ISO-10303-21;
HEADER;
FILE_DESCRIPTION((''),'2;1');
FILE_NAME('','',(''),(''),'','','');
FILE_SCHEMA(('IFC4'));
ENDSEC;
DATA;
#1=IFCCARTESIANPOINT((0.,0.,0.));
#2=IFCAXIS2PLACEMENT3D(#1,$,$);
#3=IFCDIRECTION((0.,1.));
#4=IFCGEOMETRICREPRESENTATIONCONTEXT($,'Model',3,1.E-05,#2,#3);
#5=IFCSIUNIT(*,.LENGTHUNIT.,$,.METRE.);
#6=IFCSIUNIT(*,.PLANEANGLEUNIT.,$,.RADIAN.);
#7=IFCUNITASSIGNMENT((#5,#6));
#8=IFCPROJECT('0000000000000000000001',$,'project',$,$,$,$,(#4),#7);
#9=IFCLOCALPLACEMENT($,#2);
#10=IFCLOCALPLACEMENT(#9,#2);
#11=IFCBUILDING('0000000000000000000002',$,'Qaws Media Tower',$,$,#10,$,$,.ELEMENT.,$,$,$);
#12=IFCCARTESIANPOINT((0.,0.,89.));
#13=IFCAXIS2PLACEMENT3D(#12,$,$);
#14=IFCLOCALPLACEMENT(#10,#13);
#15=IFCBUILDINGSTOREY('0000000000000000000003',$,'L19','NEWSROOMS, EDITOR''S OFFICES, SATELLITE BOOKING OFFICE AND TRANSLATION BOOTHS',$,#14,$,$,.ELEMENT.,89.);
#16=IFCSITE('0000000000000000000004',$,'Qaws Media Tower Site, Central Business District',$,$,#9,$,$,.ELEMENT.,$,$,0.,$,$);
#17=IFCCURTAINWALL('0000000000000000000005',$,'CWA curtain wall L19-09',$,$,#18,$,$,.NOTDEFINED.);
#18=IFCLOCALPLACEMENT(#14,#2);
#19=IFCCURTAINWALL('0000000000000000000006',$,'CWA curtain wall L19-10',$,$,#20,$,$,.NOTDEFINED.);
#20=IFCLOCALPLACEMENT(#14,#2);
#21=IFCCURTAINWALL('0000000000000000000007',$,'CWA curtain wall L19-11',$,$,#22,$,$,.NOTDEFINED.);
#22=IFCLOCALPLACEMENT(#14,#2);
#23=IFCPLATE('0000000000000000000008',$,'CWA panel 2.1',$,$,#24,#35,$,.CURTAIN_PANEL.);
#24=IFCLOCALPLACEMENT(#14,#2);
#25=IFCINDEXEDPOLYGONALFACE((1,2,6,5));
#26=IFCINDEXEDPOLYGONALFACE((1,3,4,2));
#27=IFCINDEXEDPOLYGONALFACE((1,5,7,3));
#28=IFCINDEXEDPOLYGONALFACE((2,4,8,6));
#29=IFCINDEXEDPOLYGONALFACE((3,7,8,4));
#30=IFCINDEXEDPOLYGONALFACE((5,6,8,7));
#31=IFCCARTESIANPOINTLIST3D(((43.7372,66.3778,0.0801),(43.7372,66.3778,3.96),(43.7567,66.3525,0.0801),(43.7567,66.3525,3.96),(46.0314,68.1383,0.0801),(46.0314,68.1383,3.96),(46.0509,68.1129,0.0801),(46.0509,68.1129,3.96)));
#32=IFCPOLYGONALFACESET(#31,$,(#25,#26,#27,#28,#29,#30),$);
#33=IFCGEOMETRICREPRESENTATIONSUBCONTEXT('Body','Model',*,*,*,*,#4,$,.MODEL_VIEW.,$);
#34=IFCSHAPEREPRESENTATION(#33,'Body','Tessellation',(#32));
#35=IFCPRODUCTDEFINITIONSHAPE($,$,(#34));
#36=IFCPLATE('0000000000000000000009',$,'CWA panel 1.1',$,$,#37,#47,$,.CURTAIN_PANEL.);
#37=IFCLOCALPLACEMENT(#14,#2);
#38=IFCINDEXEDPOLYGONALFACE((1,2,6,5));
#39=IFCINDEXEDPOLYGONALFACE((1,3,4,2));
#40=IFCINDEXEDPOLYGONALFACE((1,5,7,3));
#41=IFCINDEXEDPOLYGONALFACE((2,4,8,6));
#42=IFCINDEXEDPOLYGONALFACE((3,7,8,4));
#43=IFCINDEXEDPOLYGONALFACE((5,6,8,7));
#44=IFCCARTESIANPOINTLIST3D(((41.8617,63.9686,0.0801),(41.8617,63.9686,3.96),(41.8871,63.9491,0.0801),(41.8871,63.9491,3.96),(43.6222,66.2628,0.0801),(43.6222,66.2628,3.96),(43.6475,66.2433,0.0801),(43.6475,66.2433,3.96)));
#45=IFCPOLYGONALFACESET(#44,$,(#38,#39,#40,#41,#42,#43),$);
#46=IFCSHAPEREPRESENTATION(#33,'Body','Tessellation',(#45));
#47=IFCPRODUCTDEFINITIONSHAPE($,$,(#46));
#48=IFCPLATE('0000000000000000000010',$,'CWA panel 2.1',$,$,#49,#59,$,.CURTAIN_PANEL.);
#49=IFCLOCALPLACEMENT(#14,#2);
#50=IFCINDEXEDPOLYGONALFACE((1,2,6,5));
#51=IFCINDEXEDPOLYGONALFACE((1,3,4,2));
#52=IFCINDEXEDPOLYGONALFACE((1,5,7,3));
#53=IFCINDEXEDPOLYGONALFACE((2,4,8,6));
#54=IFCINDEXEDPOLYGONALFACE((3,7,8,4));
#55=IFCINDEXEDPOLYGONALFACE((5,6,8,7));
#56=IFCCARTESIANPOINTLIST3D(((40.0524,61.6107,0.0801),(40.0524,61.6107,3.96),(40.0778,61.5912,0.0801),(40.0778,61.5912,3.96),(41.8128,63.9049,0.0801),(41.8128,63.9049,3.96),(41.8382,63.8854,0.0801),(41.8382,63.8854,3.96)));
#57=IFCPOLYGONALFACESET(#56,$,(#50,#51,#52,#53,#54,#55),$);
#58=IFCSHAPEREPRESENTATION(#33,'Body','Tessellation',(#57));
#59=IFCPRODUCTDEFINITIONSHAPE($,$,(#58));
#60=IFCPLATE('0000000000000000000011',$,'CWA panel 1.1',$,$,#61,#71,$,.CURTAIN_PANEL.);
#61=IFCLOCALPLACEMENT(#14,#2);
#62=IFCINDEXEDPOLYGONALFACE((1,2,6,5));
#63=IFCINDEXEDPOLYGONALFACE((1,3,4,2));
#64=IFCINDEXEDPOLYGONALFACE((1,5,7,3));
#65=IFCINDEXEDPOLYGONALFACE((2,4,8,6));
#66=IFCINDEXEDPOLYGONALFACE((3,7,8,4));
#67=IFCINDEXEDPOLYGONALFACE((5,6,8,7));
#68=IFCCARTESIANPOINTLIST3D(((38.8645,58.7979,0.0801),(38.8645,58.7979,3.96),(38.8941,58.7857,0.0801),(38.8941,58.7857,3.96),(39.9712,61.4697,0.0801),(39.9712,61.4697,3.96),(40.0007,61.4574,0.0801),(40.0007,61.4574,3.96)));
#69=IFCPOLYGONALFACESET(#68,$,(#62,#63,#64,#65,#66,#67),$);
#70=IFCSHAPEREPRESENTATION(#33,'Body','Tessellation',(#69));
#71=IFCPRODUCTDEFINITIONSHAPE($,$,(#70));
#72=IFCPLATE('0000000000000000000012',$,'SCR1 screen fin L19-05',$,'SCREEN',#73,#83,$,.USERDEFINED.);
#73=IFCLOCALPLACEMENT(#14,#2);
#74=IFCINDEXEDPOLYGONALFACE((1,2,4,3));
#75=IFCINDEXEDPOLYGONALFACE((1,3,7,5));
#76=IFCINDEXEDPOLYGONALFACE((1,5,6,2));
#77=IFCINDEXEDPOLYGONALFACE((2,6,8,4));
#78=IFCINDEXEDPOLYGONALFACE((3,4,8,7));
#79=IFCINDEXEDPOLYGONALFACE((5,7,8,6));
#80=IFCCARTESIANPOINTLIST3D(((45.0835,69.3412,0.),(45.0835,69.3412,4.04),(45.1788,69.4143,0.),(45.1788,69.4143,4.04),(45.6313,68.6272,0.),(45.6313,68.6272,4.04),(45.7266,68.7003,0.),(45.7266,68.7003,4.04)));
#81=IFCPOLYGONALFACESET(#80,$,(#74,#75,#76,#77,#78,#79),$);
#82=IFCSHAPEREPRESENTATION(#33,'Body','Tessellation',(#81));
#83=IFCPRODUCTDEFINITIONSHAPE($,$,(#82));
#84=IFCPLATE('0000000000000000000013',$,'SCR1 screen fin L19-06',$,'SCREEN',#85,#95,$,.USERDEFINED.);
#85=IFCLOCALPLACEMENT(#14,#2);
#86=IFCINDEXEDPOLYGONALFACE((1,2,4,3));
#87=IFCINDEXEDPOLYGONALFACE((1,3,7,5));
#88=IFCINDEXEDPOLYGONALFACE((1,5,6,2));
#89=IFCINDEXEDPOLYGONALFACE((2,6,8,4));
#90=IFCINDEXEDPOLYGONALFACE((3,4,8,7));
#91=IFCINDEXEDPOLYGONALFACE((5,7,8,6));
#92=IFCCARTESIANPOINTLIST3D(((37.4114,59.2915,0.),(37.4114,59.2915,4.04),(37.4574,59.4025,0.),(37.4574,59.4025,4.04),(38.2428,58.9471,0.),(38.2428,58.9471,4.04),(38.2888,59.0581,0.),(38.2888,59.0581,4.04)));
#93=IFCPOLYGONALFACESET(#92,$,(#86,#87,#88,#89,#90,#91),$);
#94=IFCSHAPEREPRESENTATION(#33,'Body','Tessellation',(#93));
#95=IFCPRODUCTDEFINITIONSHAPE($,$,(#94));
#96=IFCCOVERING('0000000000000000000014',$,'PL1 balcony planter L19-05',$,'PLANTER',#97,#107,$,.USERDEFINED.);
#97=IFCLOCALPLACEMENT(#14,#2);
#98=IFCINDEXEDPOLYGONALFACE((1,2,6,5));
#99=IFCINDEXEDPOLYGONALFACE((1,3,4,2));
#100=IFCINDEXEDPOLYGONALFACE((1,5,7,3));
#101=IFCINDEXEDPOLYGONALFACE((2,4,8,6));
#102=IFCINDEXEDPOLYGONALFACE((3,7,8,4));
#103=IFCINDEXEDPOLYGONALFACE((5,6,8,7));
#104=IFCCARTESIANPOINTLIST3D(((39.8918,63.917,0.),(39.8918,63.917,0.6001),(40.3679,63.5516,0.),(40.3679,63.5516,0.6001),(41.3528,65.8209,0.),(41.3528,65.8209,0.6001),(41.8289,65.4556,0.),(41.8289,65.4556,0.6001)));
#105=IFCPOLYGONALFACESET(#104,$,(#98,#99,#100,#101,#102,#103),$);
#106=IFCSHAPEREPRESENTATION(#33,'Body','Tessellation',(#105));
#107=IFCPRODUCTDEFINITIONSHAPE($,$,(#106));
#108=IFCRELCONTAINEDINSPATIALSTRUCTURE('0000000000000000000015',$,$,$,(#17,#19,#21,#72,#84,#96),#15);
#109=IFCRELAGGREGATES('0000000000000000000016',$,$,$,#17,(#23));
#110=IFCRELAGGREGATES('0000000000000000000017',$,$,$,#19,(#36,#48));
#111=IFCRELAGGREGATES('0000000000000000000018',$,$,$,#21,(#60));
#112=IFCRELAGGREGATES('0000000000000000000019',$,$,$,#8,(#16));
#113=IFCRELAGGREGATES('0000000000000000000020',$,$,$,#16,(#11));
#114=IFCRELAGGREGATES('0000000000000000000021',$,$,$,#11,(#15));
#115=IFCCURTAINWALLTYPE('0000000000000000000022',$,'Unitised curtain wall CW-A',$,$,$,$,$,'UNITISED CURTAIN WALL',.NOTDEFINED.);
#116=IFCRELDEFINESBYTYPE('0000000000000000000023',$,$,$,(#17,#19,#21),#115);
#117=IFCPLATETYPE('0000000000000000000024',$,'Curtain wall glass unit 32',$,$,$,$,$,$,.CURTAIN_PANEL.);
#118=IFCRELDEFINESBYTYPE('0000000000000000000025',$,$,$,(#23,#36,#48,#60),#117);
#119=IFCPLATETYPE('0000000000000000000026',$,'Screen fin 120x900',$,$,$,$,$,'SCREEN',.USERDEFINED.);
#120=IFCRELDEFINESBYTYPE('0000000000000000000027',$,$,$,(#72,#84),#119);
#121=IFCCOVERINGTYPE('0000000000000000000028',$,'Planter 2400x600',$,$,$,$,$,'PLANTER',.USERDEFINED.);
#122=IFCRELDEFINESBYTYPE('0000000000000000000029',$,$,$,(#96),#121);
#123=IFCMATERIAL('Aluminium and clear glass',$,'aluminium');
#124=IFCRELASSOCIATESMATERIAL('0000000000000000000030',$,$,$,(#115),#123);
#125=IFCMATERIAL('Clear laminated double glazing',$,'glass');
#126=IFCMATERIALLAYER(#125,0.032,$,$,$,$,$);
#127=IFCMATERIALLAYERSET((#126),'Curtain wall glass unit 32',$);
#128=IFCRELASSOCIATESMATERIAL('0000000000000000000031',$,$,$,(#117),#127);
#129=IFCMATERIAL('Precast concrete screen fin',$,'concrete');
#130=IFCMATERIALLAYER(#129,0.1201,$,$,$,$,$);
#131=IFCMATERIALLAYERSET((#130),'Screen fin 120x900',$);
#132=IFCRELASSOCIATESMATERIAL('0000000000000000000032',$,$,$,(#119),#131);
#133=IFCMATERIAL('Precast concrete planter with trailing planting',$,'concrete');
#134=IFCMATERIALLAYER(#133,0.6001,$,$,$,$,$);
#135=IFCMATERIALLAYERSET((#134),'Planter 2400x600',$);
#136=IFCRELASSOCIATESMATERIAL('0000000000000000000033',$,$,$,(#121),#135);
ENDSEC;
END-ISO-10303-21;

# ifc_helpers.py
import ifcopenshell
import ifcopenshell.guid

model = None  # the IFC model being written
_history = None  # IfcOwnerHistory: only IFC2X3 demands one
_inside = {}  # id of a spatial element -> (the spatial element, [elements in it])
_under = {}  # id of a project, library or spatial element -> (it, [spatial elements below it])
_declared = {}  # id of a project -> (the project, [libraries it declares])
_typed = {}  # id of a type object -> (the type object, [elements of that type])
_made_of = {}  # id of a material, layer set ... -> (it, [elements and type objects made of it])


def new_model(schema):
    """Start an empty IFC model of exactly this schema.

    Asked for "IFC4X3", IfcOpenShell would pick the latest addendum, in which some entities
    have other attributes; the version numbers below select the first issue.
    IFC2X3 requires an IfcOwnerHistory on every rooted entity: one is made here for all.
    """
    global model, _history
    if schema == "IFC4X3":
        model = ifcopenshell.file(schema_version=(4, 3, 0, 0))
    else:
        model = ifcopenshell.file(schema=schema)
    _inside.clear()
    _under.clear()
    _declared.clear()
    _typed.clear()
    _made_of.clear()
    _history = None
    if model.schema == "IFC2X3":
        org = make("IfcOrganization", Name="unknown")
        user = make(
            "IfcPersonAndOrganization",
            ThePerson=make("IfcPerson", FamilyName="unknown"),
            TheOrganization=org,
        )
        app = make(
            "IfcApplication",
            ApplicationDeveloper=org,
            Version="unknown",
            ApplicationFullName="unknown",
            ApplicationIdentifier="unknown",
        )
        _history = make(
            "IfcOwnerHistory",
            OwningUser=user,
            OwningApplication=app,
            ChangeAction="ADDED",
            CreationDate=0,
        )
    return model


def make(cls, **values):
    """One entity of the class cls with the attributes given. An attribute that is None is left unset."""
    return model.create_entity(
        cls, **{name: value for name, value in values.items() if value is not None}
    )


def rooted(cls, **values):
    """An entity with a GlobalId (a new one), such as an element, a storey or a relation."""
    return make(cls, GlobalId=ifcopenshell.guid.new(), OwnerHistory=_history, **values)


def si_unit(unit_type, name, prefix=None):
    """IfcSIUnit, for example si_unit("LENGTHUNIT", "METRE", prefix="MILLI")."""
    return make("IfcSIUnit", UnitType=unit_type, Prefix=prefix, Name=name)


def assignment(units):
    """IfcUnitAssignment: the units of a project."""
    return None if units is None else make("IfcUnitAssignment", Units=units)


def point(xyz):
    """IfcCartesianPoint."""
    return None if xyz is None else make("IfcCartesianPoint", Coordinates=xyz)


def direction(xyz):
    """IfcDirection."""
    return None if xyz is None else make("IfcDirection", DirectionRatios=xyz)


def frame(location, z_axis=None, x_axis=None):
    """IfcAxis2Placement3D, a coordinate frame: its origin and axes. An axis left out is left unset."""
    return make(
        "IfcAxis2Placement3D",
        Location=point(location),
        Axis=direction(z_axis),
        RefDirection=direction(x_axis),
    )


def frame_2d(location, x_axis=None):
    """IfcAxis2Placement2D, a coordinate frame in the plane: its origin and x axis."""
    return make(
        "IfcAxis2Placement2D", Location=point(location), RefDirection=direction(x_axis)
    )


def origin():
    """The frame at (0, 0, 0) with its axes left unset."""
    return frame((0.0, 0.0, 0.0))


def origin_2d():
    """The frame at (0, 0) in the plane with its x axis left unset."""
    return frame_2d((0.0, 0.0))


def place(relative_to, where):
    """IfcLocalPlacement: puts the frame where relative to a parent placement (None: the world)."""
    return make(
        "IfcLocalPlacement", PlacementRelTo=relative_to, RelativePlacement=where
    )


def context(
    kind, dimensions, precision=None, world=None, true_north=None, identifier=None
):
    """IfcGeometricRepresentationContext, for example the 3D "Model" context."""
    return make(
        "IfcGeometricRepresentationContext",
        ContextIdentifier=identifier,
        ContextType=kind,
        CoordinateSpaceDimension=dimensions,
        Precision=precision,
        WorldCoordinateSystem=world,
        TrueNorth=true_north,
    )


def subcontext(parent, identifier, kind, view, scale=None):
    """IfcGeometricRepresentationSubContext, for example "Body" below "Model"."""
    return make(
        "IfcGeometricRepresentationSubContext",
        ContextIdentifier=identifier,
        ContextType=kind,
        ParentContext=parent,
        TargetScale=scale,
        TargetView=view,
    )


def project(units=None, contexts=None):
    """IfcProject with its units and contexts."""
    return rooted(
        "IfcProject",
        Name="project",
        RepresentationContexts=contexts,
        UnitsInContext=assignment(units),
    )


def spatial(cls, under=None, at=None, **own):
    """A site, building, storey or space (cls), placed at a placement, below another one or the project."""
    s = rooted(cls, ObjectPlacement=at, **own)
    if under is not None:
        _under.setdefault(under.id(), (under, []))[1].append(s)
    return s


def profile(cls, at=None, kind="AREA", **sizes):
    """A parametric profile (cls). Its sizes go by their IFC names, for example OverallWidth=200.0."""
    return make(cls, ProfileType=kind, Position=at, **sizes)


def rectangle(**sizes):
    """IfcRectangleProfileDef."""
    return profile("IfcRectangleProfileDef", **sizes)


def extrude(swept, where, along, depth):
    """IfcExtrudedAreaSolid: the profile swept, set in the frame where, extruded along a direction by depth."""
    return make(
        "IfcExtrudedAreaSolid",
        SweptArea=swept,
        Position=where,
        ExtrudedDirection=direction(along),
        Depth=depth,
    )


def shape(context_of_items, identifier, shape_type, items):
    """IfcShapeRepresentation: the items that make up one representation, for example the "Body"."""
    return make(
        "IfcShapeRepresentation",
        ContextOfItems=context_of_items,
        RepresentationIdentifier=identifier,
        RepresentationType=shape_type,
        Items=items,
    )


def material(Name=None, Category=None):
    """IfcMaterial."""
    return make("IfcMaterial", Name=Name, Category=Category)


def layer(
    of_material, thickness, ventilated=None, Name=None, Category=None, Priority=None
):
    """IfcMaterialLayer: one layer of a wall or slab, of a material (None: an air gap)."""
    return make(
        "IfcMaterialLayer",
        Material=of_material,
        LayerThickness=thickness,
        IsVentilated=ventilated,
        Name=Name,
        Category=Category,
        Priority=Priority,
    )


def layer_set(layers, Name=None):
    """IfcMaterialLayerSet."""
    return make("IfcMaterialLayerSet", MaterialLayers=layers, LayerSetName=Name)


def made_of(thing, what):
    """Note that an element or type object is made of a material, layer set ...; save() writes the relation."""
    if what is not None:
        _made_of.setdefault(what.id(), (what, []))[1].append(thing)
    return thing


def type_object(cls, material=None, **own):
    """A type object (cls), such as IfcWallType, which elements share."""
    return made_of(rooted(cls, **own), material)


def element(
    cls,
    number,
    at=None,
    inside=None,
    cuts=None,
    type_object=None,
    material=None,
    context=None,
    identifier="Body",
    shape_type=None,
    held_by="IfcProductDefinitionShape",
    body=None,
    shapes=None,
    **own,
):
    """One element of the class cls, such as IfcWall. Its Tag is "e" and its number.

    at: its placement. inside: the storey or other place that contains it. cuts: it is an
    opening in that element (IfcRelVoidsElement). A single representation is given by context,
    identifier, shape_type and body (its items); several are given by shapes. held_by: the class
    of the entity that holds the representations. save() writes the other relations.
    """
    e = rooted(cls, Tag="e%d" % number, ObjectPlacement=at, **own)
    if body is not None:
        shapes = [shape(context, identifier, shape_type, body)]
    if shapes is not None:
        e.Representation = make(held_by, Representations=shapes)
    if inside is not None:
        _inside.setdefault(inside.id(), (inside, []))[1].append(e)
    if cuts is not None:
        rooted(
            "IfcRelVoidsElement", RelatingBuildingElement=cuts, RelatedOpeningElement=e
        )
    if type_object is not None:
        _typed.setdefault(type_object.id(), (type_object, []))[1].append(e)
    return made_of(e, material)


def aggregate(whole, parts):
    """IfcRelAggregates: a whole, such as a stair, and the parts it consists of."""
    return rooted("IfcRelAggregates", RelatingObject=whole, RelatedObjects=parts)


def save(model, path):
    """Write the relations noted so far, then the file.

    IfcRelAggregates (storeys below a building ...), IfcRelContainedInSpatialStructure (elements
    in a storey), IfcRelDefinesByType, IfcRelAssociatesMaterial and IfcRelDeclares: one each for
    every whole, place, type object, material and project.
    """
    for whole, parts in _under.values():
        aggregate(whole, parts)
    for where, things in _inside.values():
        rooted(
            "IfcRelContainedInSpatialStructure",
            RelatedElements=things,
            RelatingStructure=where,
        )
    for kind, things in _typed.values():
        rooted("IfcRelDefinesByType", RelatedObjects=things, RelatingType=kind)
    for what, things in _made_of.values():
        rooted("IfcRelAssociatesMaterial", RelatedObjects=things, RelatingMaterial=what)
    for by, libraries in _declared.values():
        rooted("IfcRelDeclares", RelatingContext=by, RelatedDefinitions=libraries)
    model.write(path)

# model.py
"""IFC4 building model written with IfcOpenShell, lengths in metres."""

from ifc_helpers import new_model, si_unit, direction, frame, origin, origin_2d, place, context, subcontext, project, spatial, rectangle, extrude, material, layer, layer_set, type_object, element, aggregate, save


model = new_model("IFC4")

# Units and contexts
model_context = context("Model", 3, precision=1e-05, world=origin(), true_north=direction((0.0, 1.0)))
body_context = subcontext(model_context, "Body", "Model", "MODEL_VIEW")
ifc_project = project(units=[si_unit("LENGTHUNIT", "METRE"), si_unit("PLANEANGLEUNIT", "RADIAN")], contexts=[model_context])

# Site, building, storey
site_placement = place(None, origin())
site = spatial("IfcSite", under=ifc_project, at=site_placement, Name="Qaws Media Tower Site, Central Business District", CompositionType="ELEMENT", RefElevation=0.0)
building_placement = place(site_placement, origin())
building = spatial("IfcBuilding", under=site, at=building_placement, Name="Qaws Media Tower", CompositionType="ELEMENT")
storey_placement = place(building_placement, frame((0.0, 0.0, 89.0)))
storey = spatial("IfcBuildingStorey", under=building, at=storey_placement, Name="L19", Description="NEWSROOMS, EDITOR'S OFFICES, SATELLITE BOOKING OFFICE AND TRANSLATION BOOTHS", CompositionType="ELEMENT", Elevation=89.0)

# Curtain wall
ifc_material_1 = material(Name="Aluminium and clear glass", Category="aluminium")
curtain_wall_type = type_object("IfcCurtainWallType", Name="Unitised curtain wall CW-A", ElementType="UNITISED CURTAIN WALL", PredefinedType="NOTDEFINED", material=ifc_material_1)
curtain_wall_1_placement = place(storey_placement, origin())
curtain_wall_1 = element("IfcCurtainWall", 1, at=curtain_wall_1_placement, inside=storey, type_object=curtain_wall_type, Name="CWA curtain wall L19-09", PredefinedType="NOTDEFINED")

# Curtain walls
curtain_wall_2_placement = place(storey_placement, origin())
curtain_wall_2 = element("IfcCurtainWall", 2, at=curtain_wall_2_placement, inside=storey, type_object=curtain_wall_type, Name="CWA curtain wall L19-10", PredefinedType="NOTDEFINED")
curtain_wall_3_placement = place(storey_placement, origin())
curtain_wall_3 = element("IfcCurtainWall", 3, at=curtain_wall_3_placement, inside=storey, type_object=curtain_wall_type, Name="CWA curtain wall L19-11", PredefinedType="NOTDEFINED")

# Plates
ifc_material_2 = material(Name="Clear laminated double glazing", Category="glass")
ifc_layer_1 = layer(ifc_material_2, 0.032)
ifc_layer_set_1 = layer_set([ifc_layer_1], Name="Curtain wall glass unit 32")
plate_type_1 = type_object("IfcPlateType", Name="Curtain wall glass unit 32", PredefinedType="CURTAIN_PANEL", material=ifc_layer_set_1)
plate_1_placement = place(storey_placement, frame((44.894, 67.2454, 0.0801), z_axis=(0.0, 0.0, 1.0), x_axis=(-0.793353, -0.608761, 0.0)))
plate_1 = element("IfcPlate", 4, at=plate_1_placement, type_object=plate_type_1, Name="CWA panel 2.1", PredefinedType="CURTAIN_PANEL", context=body_context, shape_type="SweptSolid", body=[
    extrude(rectangle(XDim=2.8918, YDim=0.032, at=origin_2d()), origin(), (0.0, 0.0, 1.0), 3.8799),
])
aggregate(curtain_wall_1, [plate_1])
plate_2_placement = place(storey_placement, frame((42.7546, 65.106, 0.0801), z_axis=(0.0, 0.0, 1.0), x_axis=(-0.608761, -0.793353, 0.0)))
plate_2 = element("IfcPlate", 5, at=plate_2_placement, type_object=plate_type_1, Name="CWA panel 1.1", PredefinedType="CURTAIN_PANEL", context=body_context, shape_type="SweptSolid", body=[
    extrude(rectangle(XDim=2.8918, YDim=0.032, at=origin_2d()), origin(), (0.0, 0.0, 1.0), 3.8799),
])
plate_3_placement = place(storey_placement, frame((40.9453, 62.748, 0.0801), z_axis=(0.0, 0.0, 1.0), x_axis=(-0.608761, -0.793353, 0.0)))
plate_3 = element("IfcPlate", 6, at=plate_3_placement, type_object=plate_type_1, Name="CWA panel 2.1", PredefinedType="CURTAIN_PANEL", context=body_context, shape_type="SweptSolid", body=[
    extrude(rectangle(XDim=2.8918, YDim=0.032, at=origin_2d()), origin(), (0.0, 0.0, 1.0), 3.8799),
])
aggregate(curtain_wall_2, [plate_2, plate_3])
plate_4_placement = place(storey_placement, frame((39.4326, 60.1277, 0.0801), z_axis=(0.0, 0.0, 1.0), x_axis=(-0.382683, -0.92388, 0.0)))
plate_4 = element("IfcPlate", 7, at=plate_4_placement, type_object=plate_type_1, Name="CWA panel 1.1", PredefinedType="CURTAIN_PANEL", context=body_context, shape_type="SweptSolid", body=[
    extrude(rectangle(XDim=2.8918, YDim=0.032, at=origin_2d()), origin(), (0.0, 0.0, 1.0), 3.8799),
])
aggregate(curtain_wall_3, [plate_4])

# Plates
ifc_material_3 = material(Name="Precast concrete screen fin", Category="concrete")
ifc_layer_2 = layer(ifc_material_3, 0.1201)
ifc_layer_set_2 = layer_set([ifc_layer_2], Name="Screen fin 120x900")
plate_type_2 = type_object("IfcPlateType", Name="Screen fin 120x900", ElementType="SCREEN", PredefinedType="USERDEFINED", material=ifc_layer_set_2)
for number, where, z_axis, x_axis, name in (
    (8, (45.405, 69.0208, 0.0), (0.0, 0.0, 1.0), (-0.608761, 0.793353, 0.0), "SCR1 screen fin L19-05"),
    (9, (37.8501, 59.1748, 0.0), (0.0, 0.0, 1.0), (-0.92388, 0.382683, 0.0), "SCR1 screen fin L19-06"),
):
    element("IfcPlate", number, at=place(storey_placement, frame(where, z_axis=z_axis, x_axis=x_axis)), inside=storey, type_object=plate_type_2, Name=name, ObjectType="SCREEN", PredefinedType="USERDEFINED", context=body_context, shape_type="SweptSolid", body=[
        extrude(rectangle(XDim=0.8999, YDim=0.1201, at=origin_2d()), origin(), (0.0, 0.0, 1.0), 4.04),
    ])

# Covering
ifc_material_4 = material(Name="Precast concrete planter with trailing planting", Category="concrete")
ifc_layer_3 = layer(ifc_material_4, 0.6001)
ifc_layer_set_3 = layer_set([ifc_layer_3], Name="Planter 2400x600")
covering_type = type_object("IfcCoveringType", Name="Planter 2400x600", ElementType="PLANTER", PredefinedType="USERDEFINED", material=ifc_layer_set_3)
covering_placement = place(storey_placement, frame((40.8604, 64.6863, 0.0), z_axis=(0.0, 0.0, 1.0), x_axis=(-0.608761, -0.793353, 0.0)))
element("IfcCovering", 10, at=covering_placement, inside=storey, type_object=covering_type, Name="PL1 balcony planter L19-05", ObjectType="PLANTER", PredefinedType="USERDEFINED", context=body_context, shape_type="SweptSolid", body=[
    extrude(rectangle(XDim=2.3999, YDim=0.6001, at=origin_2d()), origin(), (0.0, 0.0, 1.0), 0.6001),
])

save(model, "model.ifc")
